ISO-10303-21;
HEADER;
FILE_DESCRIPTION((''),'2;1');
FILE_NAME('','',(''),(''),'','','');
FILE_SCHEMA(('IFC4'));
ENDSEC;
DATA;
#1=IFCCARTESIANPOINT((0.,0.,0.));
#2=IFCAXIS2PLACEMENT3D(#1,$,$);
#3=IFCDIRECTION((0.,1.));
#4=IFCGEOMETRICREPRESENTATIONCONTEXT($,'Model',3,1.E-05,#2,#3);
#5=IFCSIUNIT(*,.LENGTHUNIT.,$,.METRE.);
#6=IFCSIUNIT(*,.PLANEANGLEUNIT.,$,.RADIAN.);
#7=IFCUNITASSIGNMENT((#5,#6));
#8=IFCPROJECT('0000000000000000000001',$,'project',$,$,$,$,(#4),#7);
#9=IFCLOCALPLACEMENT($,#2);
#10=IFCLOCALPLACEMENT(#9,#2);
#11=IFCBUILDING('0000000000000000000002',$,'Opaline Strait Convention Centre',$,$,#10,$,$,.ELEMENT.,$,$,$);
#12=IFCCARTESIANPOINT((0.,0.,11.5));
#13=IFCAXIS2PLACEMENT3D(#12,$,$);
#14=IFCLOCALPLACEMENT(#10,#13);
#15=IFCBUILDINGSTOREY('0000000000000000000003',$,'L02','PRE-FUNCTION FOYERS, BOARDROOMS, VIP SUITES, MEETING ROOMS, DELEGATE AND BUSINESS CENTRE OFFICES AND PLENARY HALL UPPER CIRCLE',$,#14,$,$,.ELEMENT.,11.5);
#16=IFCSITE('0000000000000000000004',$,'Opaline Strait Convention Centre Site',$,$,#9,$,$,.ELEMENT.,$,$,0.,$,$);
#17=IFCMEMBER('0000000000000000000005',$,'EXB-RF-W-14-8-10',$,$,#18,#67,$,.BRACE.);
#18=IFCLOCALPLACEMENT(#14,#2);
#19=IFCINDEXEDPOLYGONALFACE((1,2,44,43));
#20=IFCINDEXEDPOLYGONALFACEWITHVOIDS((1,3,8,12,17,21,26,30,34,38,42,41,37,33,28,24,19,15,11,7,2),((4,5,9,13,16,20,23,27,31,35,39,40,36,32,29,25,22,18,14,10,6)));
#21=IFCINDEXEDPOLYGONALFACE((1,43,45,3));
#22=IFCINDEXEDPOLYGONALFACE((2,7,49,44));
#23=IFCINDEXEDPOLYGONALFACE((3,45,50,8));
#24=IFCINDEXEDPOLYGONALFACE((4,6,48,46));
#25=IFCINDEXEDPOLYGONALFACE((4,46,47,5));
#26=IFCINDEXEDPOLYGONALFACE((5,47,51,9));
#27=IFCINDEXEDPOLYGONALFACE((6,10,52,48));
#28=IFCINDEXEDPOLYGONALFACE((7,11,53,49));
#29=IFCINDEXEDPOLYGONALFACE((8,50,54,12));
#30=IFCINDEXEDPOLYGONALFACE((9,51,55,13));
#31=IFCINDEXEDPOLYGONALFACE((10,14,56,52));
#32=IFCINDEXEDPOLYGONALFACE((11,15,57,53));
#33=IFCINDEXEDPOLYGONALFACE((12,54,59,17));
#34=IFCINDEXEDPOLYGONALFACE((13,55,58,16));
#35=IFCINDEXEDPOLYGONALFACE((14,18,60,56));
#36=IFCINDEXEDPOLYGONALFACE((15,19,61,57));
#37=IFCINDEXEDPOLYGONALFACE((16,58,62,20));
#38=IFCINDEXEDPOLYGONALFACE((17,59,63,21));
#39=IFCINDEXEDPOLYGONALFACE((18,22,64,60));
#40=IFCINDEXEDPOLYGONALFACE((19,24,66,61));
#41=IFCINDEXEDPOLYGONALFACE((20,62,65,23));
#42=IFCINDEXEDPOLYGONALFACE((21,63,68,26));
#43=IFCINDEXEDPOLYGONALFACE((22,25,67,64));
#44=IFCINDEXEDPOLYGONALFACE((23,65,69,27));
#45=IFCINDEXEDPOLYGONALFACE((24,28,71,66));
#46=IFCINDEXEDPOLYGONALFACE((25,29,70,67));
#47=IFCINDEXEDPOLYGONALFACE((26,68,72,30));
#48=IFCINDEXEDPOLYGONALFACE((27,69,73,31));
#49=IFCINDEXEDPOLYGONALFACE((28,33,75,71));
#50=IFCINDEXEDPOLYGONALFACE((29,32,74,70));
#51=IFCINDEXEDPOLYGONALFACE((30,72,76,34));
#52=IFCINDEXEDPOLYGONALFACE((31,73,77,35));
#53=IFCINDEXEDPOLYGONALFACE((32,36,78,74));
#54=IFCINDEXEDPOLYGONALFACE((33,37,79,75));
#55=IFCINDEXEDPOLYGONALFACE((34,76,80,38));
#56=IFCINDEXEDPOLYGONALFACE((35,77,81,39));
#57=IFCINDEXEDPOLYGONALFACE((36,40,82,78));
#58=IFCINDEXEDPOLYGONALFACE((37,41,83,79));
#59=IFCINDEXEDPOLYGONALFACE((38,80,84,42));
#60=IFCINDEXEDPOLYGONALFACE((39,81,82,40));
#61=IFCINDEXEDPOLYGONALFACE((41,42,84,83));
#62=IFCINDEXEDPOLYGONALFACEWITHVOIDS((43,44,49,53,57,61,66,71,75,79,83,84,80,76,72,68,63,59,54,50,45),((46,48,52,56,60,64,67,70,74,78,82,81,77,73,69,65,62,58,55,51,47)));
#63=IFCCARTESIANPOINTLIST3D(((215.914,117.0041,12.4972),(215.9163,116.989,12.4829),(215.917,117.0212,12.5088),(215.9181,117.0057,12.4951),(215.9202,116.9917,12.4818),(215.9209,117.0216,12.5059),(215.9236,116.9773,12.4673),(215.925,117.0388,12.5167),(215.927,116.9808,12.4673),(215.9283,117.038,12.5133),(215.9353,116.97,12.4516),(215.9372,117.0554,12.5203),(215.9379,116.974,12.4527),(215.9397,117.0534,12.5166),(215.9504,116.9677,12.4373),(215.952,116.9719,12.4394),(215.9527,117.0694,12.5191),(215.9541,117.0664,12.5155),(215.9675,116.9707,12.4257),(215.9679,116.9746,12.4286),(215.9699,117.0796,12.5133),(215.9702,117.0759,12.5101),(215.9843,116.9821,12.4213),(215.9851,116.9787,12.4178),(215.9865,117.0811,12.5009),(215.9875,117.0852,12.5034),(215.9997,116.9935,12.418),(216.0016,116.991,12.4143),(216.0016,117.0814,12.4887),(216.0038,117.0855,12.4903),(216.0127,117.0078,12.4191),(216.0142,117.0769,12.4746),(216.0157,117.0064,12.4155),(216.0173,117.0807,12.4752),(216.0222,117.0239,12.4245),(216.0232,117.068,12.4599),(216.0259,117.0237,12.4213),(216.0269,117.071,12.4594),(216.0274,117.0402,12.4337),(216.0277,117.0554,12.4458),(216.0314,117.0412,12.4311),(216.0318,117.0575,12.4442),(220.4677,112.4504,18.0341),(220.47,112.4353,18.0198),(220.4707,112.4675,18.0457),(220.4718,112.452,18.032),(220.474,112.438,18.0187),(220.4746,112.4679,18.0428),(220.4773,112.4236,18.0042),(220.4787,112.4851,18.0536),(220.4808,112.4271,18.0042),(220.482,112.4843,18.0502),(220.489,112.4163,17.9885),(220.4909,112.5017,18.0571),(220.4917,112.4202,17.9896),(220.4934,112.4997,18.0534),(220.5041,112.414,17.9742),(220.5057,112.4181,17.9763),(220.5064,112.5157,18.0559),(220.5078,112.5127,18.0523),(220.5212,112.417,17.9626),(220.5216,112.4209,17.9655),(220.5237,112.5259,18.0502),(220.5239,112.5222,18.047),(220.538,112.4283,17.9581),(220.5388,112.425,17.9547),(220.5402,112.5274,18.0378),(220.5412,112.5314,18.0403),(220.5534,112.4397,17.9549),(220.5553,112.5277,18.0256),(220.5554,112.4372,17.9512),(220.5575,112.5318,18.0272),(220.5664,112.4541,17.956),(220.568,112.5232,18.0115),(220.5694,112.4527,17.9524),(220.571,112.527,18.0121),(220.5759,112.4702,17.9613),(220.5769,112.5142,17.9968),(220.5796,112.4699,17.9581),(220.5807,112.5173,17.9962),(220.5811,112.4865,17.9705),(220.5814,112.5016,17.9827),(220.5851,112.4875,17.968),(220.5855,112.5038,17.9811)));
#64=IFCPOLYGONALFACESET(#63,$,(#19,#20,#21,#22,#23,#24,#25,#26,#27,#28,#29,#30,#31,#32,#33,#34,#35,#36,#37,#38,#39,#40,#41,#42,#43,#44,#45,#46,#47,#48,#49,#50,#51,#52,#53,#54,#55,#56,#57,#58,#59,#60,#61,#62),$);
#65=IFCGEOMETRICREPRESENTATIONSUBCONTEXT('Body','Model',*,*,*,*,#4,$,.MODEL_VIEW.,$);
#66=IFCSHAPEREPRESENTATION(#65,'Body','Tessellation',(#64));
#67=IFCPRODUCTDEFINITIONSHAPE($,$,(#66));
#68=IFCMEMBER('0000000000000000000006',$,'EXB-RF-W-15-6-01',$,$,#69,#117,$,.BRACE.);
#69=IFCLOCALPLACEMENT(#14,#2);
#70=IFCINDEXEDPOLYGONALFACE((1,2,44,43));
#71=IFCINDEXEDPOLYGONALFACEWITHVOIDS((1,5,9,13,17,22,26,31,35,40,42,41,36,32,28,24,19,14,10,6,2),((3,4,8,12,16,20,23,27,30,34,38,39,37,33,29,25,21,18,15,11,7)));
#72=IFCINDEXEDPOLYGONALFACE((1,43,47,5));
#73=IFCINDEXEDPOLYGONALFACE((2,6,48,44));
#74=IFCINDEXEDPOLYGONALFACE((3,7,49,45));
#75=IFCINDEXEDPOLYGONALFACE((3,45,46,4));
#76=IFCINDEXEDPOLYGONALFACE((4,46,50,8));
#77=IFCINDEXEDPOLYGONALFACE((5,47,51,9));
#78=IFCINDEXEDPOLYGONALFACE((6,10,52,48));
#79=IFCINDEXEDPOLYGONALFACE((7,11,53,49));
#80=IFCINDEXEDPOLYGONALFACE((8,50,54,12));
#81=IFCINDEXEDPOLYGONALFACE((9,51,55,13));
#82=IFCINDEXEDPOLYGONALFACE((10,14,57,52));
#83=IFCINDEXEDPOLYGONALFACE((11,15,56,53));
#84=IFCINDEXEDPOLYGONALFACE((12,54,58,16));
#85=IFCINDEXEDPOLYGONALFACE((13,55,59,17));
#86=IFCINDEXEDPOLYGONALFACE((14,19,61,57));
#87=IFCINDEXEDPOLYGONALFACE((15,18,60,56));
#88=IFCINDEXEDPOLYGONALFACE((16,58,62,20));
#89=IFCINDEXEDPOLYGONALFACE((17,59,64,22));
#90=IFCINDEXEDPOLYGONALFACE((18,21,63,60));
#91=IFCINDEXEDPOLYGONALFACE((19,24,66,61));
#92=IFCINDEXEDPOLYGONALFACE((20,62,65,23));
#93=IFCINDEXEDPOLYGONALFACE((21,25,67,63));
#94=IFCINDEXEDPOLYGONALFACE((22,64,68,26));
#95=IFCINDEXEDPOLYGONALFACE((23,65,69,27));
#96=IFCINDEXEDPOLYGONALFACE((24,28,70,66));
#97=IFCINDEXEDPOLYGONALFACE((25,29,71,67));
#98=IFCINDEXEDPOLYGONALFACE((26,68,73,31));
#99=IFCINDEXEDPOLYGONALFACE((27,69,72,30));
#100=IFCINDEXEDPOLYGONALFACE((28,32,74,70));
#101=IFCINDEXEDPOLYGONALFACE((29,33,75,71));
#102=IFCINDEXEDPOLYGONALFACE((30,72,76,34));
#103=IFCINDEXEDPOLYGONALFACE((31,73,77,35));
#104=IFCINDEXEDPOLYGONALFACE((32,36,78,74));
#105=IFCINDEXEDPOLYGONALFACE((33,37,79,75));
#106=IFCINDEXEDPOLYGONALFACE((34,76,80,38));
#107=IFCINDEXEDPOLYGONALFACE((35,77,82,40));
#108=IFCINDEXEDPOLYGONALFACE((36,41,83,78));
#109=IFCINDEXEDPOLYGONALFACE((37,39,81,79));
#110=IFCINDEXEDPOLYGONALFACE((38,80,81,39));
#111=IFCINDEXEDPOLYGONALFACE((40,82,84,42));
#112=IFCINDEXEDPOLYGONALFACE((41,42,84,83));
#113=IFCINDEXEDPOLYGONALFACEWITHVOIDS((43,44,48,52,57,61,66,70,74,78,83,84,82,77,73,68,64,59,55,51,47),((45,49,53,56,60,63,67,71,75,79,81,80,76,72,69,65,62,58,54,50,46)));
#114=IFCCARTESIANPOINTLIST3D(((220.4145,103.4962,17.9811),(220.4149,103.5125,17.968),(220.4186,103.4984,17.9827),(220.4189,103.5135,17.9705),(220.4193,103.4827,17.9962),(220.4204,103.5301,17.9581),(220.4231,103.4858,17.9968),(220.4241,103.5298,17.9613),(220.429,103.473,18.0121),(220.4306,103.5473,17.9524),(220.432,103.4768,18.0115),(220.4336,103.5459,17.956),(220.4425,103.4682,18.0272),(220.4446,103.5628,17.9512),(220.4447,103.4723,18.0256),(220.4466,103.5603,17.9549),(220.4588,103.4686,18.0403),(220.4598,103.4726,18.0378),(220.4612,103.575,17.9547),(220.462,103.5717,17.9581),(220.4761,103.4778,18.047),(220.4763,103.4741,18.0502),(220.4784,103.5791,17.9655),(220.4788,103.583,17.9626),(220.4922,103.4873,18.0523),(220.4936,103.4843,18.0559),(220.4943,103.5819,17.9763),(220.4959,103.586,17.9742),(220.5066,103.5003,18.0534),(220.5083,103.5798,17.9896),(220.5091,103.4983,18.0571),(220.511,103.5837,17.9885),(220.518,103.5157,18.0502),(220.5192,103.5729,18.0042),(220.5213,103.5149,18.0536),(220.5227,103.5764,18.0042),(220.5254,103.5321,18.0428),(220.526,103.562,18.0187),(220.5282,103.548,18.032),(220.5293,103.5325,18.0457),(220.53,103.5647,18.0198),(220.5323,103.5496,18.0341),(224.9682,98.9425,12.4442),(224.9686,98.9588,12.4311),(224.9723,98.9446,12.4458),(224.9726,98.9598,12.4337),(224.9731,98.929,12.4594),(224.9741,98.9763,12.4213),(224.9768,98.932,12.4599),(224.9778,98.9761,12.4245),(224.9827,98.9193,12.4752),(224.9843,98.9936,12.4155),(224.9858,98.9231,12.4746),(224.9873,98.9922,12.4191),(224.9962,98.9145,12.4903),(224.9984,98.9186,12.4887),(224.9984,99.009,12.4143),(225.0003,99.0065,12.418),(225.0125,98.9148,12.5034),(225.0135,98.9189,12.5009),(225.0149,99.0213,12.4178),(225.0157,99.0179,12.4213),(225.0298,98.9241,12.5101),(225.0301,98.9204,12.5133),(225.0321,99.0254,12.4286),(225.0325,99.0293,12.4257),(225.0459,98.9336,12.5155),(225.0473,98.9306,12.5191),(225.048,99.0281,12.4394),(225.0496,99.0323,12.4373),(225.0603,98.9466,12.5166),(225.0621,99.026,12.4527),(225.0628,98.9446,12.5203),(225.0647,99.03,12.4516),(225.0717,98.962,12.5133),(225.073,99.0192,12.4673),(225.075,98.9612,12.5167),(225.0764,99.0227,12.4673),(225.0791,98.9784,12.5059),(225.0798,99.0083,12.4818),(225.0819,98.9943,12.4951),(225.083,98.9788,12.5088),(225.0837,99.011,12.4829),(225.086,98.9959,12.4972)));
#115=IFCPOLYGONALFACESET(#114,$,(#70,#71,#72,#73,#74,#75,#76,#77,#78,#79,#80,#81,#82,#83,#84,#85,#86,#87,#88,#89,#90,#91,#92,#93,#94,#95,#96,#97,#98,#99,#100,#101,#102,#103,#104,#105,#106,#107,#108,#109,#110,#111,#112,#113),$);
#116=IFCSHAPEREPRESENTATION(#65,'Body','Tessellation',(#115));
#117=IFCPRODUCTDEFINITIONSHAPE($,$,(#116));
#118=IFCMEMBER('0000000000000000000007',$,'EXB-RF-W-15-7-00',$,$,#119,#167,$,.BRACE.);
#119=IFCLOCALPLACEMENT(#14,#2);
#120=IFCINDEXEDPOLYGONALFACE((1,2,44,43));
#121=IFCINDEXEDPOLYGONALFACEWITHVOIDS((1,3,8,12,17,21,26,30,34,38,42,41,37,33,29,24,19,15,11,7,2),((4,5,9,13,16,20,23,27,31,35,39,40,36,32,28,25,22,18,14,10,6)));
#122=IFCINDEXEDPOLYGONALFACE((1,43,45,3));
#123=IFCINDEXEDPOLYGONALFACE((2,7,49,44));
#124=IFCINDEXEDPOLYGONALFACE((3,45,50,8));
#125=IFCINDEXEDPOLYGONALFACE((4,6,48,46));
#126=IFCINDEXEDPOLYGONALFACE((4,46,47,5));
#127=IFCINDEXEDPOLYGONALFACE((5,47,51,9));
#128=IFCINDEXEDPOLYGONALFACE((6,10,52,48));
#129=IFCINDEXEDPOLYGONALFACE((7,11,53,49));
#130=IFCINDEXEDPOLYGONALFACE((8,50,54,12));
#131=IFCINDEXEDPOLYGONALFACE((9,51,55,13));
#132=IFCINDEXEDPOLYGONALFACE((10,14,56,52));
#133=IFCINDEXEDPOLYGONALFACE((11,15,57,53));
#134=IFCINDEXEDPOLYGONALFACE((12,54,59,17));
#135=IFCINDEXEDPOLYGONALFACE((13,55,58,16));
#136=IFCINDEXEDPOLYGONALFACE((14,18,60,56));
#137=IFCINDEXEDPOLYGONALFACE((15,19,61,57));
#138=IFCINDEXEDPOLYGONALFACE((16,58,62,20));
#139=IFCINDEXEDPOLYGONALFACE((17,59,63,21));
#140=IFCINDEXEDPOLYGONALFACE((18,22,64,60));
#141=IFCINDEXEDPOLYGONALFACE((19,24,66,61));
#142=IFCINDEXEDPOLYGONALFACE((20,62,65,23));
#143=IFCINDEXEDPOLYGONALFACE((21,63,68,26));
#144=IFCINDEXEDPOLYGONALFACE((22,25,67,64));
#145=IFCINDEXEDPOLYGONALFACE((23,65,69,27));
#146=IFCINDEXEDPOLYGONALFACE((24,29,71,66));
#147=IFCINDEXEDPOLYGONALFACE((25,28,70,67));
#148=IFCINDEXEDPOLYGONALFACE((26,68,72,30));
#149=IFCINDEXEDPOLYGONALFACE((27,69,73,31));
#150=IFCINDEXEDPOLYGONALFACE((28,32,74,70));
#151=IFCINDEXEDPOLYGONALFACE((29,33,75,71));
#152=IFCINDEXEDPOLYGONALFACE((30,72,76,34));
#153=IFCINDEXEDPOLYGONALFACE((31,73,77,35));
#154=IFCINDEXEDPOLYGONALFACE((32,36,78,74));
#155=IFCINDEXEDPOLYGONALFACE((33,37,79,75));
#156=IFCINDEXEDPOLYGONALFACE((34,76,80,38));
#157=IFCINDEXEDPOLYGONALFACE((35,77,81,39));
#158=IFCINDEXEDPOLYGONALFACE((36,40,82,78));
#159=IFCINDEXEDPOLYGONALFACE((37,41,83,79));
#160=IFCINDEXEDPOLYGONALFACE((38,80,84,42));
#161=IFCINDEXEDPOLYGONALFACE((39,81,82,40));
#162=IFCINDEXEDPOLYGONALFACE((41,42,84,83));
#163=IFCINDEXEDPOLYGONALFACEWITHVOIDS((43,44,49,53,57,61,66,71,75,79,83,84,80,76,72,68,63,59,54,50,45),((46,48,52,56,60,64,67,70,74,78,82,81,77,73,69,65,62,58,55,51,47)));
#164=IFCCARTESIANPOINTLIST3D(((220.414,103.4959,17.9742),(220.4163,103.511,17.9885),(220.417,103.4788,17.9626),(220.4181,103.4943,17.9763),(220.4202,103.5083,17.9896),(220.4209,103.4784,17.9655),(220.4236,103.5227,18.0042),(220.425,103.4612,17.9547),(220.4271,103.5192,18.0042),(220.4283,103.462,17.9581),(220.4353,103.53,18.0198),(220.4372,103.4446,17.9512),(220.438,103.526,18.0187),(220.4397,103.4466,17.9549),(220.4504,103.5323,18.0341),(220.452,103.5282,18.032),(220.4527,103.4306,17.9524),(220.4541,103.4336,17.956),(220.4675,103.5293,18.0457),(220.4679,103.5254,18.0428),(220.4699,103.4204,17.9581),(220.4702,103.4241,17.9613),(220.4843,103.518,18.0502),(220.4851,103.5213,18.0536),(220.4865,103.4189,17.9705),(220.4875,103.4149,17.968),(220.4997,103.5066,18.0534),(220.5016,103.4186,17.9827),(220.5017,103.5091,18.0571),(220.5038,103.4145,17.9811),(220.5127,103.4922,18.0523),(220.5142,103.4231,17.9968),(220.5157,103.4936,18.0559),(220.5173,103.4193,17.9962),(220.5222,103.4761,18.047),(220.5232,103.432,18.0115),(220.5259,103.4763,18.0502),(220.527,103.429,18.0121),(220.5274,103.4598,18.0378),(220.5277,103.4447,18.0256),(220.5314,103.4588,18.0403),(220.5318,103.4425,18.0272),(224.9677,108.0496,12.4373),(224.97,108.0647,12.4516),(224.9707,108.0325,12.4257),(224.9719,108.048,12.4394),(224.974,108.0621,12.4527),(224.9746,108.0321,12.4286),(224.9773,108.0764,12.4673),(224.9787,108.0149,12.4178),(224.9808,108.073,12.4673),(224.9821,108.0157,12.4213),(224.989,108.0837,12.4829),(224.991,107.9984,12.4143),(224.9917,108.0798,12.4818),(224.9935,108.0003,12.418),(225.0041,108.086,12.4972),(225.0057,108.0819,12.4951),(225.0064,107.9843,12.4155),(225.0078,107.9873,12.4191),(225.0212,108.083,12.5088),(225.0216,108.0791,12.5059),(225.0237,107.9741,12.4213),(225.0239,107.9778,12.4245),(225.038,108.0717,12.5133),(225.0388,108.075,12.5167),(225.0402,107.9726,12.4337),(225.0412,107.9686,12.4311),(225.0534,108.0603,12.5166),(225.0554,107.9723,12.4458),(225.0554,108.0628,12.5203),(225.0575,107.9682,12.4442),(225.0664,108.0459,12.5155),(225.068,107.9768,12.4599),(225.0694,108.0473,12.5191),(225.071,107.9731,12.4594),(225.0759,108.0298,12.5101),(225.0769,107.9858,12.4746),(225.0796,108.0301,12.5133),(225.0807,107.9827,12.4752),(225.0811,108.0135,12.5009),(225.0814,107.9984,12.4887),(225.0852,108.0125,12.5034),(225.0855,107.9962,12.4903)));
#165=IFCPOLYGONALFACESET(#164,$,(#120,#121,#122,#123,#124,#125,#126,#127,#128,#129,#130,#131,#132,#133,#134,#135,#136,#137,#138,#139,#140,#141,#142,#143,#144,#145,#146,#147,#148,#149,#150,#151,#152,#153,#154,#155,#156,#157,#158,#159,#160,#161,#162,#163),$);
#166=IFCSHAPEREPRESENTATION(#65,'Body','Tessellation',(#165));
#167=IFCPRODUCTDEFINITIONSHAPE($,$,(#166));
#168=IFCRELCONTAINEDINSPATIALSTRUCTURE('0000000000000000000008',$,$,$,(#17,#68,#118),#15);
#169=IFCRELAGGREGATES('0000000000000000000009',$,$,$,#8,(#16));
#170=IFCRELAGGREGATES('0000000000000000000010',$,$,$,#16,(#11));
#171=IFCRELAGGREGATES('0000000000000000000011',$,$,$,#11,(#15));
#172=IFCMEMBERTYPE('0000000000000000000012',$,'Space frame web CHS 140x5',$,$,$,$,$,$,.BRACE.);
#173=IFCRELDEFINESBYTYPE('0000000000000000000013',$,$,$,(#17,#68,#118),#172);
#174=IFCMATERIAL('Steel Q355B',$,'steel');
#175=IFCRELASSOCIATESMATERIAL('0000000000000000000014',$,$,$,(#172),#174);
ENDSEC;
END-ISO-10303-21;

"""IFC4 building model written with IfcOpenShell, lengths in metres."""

from ifc_helpers import new_model, si_unit, direction, frame, origin, origin_2d, place, context, subcontext, project, spatial, hollow_circle, extrude, material, material_profile, profile_set, type_object, element, save


model = new_model("IFC4")

# Units and contexts
model_context = context("Model", 3, precision=1e-05, world=origin(), true_north=direction((0.0, 1.0)))
body_context = subcontext(model_context, "Body", "Model", "MODEL_VIEW")
ifc_project = project(units=[si_unit("LENGTHUNIT", "METRE"), si_unit("PLANEANGLEUNIT", "RADIAN")], contexts=[model_context])

# Site, building, storey
site_placement = place(None, origin())
site = spatial("IfcSite", under=ifc_project, at=site_placement, Name="Opaline Strait Convention Centre Site", CompositionType="ELEMENT", RefElevation=0.0)
building_placement = place(site_placement, origin())
building = spatial("IfcBuilding", under=site, at=building_placement, Name="Opaline Strait Convention Centre", CompositionType="ELEMENT")
storey_placement = place(building_placement, frame((0.0, 0.0, 11.5)))
storey = spatial("IfcBuildingStorey", under=building, at=storey_placement, Name="L02", Description="PRE-FUNCTION FOYERS, BOARDROOMS, VIP SUITES, MEETING ROOMS, DELEGATE AND BUSINESS CENTRE OFFICES AND PLENARY HALL UPPER CIRCLE", CompositionType="ELEMENT", Elevation=11.5)

# Members
ifc_material = material(Name="Steel Q355B", Category="steel")
ifc_material_profile_1 = material_profile(ifc_material, hollow_circle(Radius=0.0701, WallThickness=0.0049, at=origin_2d()), Name="CHS 140x5")
ifc_profile_set_1 = profile_set([ifc_material_profile_1], Name="Steel Q355B")
member_type_1 = type_object("IfcMemberType", Name="Space frame web CHS 140x5", PredefinedType="BRACE", material=ifc_profile_set_1)
for number, where, z_axis, x_axis, name in (
    (1, (220.5269, 112.4731, 18.0042), (-0.536178, 0.536178, -0.65194), (-0.707107, -0.707107, 0.0), "EXB-RF-W-14-8-10"),
    (2, (220.4731, 103.5269, 18.0042), (0.536178, -0.536178, -0.65194), (0.707107, 0.707107, 0.0), "EXB-RF-W-15-6-01"),
    (3, (220.4731, 103.4731, 18.0042), (0.536178, 0.536178, -0.65194), (-0.707107, 0.707107, 0.0), "EXB-RF-W-15-7-00"),
):
    element("IfcMember", number, at=place(storey_placement, frame(where, z_axis=z_axis, x_axis=x_axis)), inside=storey, type_object=member_type_1, Name=name, PredefinedType="BRACE", context=body_context, shape_type="SweptSolid", body=[
        extrude(hollow_circle(Radius=0.0701, WallThickness=0.0049, at=origin_2d()), origin(), (0.0, 0.0, 1.0), 8.4929),
    ])

save(model, "model.ifc")
